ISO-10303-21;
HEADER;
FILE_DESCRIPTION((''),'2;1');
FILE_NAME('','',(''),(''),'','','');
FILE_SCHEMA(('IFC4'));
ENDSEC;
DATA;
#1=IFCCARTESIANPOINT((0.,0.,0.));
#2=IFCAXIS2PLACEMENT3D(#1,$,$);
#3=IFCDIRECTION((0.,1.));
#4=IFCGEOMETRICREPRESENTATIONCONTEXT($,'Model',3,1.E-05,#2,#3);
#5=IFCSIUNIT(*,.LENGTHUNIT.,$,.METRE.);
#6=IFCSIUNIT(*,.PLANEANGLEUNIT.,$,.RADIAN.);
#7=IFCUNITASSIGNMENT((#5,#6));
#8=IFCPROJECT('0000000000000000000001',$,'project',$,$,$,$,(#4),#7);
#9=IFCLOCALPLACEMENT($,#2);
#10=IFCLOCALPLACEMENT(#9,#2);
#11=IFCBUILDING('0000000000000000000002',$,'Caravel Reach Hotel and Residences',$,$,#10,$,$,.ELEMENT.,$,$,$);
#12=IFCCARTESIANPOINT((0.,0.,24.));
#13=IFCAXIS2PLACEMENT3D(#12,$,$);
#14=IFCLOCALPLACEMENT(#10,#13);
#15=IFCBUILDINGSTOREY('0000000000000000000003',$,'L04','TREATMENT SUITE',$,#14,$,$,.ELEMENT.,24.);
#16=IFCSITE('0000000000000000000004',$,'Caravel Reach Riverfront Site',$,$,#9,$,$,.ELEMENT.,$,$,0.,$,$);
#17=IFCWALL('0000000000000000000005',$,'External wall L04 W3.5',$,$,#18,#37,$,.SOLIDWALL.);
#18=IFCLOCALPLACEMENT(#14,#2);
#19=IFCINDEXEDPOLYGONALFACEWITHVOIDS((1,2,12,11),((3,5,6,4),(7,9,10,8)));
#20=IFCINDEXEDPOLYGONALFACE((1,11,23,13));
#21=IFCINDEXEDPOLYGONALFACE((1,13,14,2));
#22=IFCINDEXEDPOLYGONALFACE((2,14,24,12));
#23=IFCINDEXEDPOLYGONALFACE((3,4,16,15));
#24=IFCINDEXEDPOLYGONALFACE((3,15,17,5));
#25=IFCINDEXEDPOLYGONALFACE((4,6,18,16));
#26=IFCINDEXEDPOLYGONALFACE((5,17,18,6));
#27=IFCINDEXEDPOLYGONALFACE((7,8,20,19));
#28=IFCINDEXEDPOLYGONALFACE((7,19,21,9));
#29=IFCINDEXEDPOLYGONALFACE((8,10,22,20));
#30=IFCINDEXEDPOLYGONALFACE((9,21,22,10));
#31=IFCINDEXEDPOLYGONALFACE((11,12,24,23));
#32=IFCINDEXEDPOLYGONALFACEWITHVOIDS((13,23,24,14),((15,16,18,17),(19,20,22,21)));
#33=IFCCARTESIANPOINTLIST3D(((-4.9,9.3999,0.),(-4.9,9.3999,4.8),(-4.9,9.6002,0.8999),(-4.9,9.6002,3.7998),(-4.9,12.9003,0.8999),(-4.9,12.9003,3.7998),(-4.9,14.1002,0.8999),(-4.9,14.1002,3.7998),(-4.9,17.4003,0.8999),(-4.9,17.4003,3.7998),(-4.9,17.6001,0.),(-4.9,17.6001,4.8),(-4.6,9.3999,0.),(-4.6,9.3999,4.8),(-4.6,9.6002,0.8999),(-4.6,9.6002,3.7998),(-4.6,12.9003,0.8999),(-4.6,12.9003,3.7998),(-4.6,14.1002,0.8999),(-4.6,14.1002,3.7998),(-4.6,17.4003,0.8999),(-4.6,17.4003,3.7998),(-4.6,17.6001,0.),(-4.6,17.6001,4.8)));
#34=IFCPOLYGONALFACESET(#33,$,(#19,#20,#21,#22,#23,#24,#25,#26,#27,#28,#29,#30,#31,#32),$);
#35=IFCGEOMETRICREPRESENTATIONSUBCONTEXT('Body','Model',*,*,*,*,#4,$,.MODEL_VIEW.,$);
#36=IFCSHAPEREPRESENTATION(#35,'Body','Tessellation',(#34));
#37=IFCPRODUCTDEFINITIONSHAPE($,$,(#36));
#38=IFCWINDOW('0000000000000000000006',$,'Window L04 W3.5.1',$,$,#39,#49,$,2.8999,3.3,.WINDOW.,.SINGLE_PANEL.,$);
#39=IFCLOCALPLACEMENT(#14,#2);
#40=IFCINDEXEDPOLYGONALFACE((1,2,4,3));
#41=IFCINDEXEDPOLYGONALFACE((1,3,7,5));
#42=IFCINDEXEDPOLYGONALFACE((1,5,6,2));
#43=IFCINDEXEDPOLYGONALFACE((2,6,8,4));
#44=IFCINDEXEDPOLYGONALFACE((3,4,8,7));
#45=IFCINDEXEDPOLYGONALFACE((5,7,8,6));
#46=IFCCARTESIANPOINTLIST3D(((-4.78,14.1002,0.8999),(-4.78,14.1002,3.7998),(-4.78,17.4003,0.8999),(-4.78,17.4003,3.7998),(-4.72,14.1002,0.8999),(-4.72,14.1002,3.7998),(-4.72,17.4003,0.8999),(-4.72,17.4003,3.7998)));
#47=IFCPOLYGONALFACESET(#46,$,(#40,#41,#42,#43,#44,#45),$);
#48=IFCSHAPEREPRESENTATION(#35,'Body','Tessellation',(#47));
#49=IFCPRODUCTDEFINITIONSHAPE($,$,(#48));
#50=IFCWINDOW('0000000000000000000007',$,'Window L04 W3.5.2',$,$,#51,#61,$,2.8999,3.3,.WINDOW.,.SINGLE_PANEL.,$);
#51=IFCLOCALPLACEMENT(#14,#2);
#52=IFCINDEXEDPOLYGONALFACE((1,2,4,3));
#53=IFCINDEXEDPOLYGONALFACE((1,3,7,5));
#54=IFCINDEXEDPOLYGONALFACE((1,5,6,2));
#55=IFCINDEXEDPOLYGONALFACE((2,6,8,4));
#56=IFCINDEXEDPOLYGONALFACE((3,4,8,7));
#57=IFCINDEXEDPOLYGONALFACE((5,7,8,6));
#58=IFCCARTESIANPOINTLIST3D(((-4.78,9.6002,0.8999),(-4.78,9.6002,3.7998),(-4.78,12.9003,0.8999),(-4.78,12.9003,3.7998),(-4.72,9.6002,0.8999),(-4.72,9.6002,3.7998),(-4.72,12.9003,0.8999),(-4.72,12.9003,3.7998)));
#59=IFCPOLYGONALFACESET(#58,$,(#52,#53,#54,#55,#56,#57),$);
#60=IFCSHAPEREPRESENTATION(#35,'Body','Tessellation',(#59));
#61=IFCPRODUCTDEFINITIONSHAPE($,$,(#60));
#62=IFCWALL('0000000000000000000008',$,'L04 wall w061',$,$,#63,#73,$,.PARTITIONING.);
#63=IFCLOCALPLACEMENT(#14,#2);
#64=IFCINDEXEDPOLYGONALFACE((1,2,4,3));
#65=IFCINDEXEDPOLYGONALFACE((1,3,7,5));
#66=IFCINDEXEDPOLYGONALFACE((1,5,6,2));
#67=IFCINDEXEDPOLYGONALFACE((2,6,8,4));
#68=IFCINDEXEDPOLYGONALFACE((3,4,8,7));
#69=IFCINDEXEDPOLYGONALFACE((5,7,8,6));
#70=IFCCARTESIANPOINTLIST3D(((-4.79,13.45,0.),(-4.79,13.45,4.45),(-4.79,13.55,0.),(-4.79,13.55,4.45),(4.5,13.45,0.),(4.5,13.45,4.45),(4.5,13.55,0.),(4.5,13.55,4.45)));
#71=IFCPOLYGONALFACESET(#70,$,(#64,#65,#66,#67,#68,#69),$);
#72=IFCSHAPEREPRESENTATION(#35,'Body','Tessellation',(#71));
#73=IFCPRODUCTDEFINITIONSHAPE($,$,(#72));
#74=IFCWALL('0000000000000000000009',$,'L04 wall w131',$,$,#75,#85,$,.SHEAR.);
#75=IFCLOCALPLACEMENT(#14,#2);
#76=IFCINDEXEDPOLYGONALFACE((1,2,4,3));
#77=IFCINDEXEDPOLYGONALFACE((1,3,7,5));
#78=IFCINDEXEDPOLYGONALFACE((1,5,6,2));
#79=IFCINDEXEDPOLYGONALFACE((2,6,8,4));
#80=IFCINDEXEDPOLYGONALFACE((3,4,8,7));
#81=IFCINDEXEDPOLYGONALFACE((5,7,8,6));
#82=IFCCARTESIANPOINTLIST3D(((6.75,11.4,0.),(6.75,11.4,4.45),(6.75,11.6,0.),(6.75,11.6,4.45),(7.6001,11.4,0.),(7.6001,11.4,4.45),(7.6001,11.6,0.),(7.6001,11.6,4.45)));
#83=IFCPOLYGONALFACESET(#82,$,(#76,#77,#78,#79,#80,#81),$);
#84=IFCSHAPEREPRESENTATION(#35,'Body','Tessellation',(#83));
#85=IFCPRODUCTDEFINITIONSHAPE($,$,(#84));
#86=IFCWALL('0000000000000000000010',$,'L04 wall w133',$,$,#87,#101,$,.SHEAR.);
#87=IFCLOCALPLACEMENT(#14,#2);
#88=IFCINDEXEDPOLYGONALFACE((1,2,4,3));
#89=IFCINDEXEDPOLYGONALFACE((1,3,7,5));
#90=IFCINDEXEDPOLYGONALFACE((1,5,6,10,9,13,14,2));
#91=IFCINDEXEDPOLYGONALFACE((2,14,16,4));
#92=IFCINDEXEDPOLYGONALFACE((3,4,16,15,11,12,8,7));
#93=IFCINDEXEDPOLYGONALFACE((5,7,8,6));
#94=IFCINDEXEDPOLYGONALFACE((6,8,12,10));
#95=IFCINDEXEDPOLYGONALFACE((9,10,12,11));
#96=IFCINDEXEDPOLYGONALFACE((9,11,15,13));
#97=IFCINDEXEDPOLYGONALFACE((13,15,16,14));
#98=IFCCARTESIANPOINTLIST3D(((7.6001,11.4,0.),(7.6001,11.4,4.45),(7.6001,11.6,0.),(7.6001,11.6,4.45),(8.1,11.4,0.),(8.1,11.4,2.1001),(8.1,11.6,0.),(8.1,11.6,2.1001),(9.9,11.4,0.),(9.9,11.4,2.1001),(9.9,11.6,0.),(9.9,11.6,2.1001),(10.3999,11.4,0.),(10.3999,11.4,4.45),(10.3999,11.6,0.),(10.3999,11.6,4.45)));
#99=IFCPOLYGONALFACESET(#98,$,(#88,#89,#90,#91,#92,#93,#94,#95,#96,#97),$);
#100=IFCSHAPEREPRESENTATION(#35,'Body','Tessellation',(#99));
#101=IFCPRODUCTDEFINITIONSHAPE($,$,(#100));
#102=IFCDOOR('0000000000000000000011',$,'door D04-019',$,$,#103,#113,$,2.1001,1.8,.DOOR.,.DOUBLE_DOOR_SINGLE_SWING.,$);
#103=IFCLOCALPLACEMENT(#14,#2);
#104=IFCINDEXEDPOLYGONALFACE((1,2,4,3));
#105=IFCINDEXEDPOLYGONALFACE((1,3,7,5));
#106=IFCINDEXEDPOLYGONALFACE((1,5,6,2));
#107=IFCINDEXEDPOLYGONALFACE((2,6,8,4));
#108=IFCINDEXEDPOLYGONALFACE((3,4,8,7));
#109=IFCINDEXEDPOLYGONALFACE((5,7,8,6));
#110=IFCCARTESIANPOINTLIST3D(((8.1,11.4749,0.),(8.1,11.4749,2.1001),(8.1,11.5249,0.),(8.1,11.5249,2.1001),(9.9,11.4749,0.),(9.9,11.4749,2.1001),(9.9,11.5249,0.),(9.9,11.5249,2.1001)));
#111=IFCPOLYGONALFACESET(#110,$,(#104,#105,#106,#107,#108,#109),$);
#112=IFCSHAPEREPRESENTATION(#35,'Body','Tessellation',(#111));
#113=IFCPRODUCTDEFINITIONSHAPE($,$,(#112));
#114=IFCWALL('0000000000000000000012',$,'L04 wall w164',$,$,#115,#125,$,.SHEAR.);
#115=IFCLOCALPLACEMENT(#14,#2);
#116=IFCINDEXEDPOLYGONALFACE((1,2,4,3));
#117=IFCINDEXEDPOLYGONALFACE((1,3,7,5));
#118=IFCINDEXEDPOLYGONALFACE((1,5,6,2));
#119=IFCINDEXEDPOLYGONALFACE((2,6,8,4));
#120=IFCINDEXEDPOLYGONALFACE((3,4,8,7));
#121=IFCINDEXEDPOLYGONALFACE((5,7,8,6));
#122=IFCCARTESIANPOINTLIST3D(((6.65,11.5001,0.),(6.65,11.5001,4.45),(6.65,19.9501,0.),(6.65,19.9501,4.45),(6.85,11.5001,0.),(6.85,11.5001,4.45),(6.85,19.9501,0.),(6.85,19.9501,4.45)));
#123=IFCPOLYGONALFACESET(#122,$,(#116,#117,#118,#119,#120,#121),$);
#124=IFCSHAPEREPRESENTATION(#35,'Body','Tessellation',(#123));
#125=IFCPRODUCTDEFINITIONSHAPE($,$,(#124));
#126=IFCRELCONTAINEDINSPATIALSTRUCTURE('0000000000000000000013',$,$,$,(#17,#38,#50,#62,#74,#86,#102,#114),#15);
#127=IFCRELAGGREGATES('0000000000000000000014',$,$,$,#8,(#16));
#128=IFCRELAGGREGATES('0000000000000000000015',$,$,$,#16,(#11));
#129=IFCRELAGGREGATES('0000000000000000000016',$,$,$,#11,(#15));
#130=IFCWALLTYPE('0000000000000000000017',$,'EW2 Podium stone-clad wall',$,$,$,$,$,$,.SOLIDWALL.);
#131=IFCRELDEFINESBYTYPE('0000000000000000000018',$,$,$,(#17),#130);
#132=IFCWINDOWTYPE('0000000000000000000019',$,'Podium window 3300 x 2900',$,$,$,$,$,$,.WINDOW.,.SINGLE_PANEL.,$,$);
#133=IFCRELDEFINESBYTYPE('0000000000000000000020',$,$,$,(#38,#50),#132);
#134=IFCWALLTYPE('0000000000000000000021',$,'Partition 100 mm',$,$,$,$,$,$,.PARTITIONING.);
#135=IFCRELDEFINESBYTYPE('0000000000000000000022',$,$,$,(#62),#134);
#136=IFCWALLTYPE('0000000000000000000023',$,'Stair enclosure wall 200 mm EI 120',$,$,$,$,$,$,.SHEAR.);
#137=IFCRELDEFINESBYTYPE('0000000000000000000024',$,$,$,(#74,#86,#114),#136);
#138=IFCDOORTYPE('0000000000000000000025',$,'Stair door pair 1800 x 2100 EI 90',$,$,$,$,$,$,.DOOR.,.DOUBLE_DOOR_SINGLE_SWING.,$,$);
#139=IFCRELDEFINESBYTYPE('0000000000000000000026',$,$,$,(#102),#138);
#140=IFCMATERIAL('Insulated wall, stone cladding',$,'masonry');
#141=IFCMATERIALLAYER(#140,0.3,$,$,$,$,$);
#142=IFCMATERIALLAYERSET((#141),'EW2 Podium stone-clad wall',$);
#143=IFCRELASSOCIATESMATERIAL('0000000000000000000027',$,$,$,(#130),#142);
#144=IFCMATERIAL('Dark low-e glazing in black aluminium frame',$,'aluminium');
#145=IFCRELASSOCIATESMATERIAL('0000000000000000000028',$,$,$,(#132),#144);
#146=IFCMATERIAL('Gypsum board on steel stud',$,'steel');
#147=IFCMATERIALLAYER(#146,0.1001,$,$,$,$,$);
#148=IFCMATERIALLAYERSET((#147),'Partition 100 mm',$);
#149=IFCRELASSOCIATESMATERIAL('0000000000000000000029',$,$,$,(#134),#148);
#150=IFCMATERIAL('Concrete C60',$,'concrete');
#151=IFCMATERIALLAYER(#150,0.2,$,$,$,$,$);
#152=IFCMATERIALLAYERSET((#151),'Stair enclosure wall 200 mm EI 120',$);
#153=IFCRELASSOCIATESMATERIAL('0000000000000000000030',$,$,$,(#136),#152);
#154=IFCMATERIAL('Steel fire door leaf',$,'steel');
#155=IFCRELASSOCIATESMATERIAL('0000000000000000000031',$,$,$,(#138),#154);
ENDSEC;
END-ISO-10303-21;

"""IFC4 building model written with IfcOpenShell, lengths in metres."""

from ifc_helpers import new_model, si_unit, direction, frame, frame_2d, origin, place, context, subcontext, project, spatial, rectangle, extrude, material, layer, layer_set, type_object, element, fill, save


model = new_model("IFC4")

# Units and contexts
model_context = context("Model", 3, precision=1e-05, world=origin(), true_north=direction((0.0, 1.0)))
body_context = subcontext(model_context, "Body", "Model", "MODEL_VIEW")
ifc_project = project(units=[si_unit("LENGTHUNIT", "METRE"), si_unit("PLANEANGLEUNIT", "RADIAN")], contexts=[model_context])

# Site, building, storey
site_placement = place(None, origin())
site = spatial("IfcSite", under=ifc_project, at=site_placement, Name="Caravel Reach Riverfront Site", CompositionType="ELEMENT", RefElevation=0.0)
building_placement = place(site_placement, origin())
building = spatial("IfcBuilding", under=site, at=building_placement, Name="Caravel Reach Hotel and Residences", CompositionType="ELEMENT")
storey_placement = place(building_placement, frame((0.0, 0.0, 24.0)))
storey = spatial("IfcBuildingStorey", under=building, at=storey_placement, Name="L04", Description="TREATMENT SUITE", CompositionType="ELEMENT", Elevation=24.0)

# Wall, openings, windows
ifc_material_1 = material(Name="Insulated wall, stone cladding", Category="masonry")
ifc_layer_1 = layer(ifc_material_1, 0.3)
ifc_layer_set_1 = layer_set([ifc_layer_1], Name="EW2 Podium stone-clad wall")
wall_type_1 = type_object("IfcWallType", Name="EW2 Podium stone-clad wall", PredefinedType="SOLIDWALL", material=ifc_layer_set_1)
wall_1_placement = place(storey_placement, frame((-4.75, 17.6001, 0.0), z_axis=(0.0, 0.0, 1.0), x_axis=(0.0, -1.0, 0.0)))
wall_1 = element("IfcWall", 1, at=wall_1_placement, inside=storey, type_object=wall_type_1, Name="External wall L04 W3.5", PredefinedType="SOLIDWALL", context=body_context, shape_type="SweptSolid", body=[
    extrude(rectangle(XDim=8.2002, YDim=0.3, at=frame_2d((4.1001, 0.0))), origin(), (0.0, 0.0, 1.0), 4.8),
])
opening_1_placement = place(wall_1_placement, frame((0.2, 0.0, 0.8999)))
opening_1 = element("IfcOpeningElement", 2, at=opening_1_placement, cuts=wall_1, PredefinedType="OPENING", context=body_context, shape_type="SweptSolid", body=[
    extrude(rectangle(XDim=3.3, YDim=2.8999, at=frame_2d((1.6499, 1.45))), frame((0.0, 0.1599, 0.0), z_axis=(0.0, -1.0, 0.0), x_axis=(1.0, 0.0, 0.0)), (0.0, 0.0, 1.0), 0.3201),
])
opening_2_placement = place(wall_1_placement, frame((4.7, 0.0, 0.8999)))
opening_2 = element("IfcOpeningElement", 3, at=opening_2_placement, cuts=wall_1, PredefinedType="OPENING", context=body_context, shape_type="SweptSolid", body=[
    extrude(rectangle(XDim=3.3, YDim=2.8999, at=frame_2d((1.6499, 1.45))), frame((0.0, 0.1599, 0.0), z_axis=(0.0, -1.0, 0.0), x_axis=(1.0, 0.0, 0.0)), (0.0, 0.0, 1.0), 0.3201),
])
ifc_material_2 = material(Name="Dark low-e glazing in black aluminium frame", Category="aluminium")
window_type = type_object("IfcWindowType", Name="Podium window 3300 x 2900", PartitioningType="SINGLE_PANEL", PredefinedType="WINDOW", material=ifc_material_2)
window_1_placement = place(opening_1_placement, origin())
window_1 = element("IfcWindow", 4, at=window_1_placement, inside=storey, type_object=window_type, Name="Window L04 W3.5.1", OverallHeight=2.8999, OverallWidth=3.3, PartitioningType="SINGLE_PANEL", PredefinedType="WINDOW", context=body_context, shape_type="SweptSolid", body=[
    extrude(rectangle(XDim=3.3, YDim=2.8999, at=frame_2d((1.6499, 1.45))), frame((0.0, 0.03, 0.0), z_axis=(0.0, -1.0, 0.0), x_axis=(1.0, 0.0, 0.0)), (0.0, 0.0, 1.0), 0.0601),
])
fill(opening_1, window_1)
window_2_placement = place(opening_2_placement, origin())
window_2 = element("IfcWindow", 5, at=window_2_placement, inside=storey, type_object=window_type, Name="Window L04 W3.5.2", OverallHeight=2.8999, OverallWidth=3.3, PartitioningType="SINGLE_PANEL", PredefinedType="WINDOW", context=body_context, shape_type="SweptSolid", body=[
    extrude(rectangle(XDim=3.3, YDim=2.8999, at=frame_2d((1.6499, 1.45))), frame((0.0, 0.03, 0.0), z_axis=(0.0, -1.0, 0.0), x_axis=(1.0, 0.0, 0.0)), (0.0, 0.0, 1.0), 0.0601),
])
fill(opening_2, window_2)

# Walls
ifc_material_3 = material(Name="Gypsum board on steel stud", Category="steel")
ifc_layer_2 = layer(ifc_material_3, 0.1001)
ifc_layer_set_2 = layer_set([ifc_layer_2], Name="Partition 100 mm")
wall_type_2 = type_object("IfcWallType", Name="Partition 100 mm", PredefinedType="PARTITIONING", material=ifc_layer_set_2)
wall_2_placement = place(storey_placement, frame((-4.79, 13.5, 0.0), z_axis=(0.0, 0.0, 1.0), x_axis=(1.0, 0.0, 0.0)))
element("IfcWall", 6, at=wall_2_placement, inside=storey, type_object=wall_type_2, Name="L04 wall w061", PredefinedType="PARTITIONING", context=body_context, shape_type="SweptSolid", body=[
    extrude(rectangle(XDim=9.29, YDim=0.1001, at=frame_2d((4.645, 0.0))), origin(), (0.0, 0.0, 1.0), 4.45),
])
ifc_material_4 = material(Name="Concrete C60", Category="concrete")
ifc_layer_3 = layer(ifc_material_4, 0.2)
ifc_layer_set_3 = layer_set([ifc_layer_3], Name="Stair enclosure wall 200 mm EI 120")
wall_type_3 = type_object("IfcWallType", Name="Stair enclosure wall 200 mm EI 120", PredefinedType="SHEAR", material=ifc_layer_set_3)
wall_3_placement = place(storey_placement, frame((6.75, 11.5, 0.0), z_axis=(0.0, 0.0, 1.0), x_axis=(1.0, 0.0, 0.0)))
element("IfcWall", 7, at=wall_3_placement, inside=storey, type_object=wall_type_3, Name="L04 wall w131", PredefinedType="SHEAR", context=body_context, shape_type="SweptSolid", body=[
    extrude(rectangle(XDim=0.8501, YDim=0.2, at=frame_2d((0.425, 0.0))), origin(), (0.0, 0.0, 1.0), 4.45),
])

# Wall, opening, door
wall_4_placement = place(storey_placement, frame((7.6001, 11.5, 0.0), z_axis=(0.0, 0.0, 1.0), x_axis=(1.0, 0.0, 0.0)))
wall_4 = element("IfcWall", 8, at=wall_4_placement, inside=storey, type_object=wall_type_3, Name="L04 wall w133", PredefinedType="SHEAR", context=body_context, shape_type="SweptSolid", body=[
    extrude(rectangle(XDim=2.7998, YDim=0.2, at=frame_2d((1.3999, 0.0))), origin(), (0.0, 0.0, 1.0), 4.45),
])
opening_3_placement = place(wall_4_placement, frame((0.5, 0.0, 0.0)))
opening_3 = element("IfcOpeningElement", 9, at=opening_3_placement, cuts=wall_4, PredefinedType="OPENING", context=body_context, shape_type="SweptSolid", body=[
    extrude(rectangle(XDim=1.8, YDim=2.1001, at=frame_2d((0.8999, 1.05))), frame((0.0, 0.1099, 0.0), z_axis=(0.0, -1.0, 0.0), x_axis=(1.0, 0.0, 0.0)), (0.0, 0.0, 1.0), 0.22),
])
ifc_material_5 = material(Name="Steel fire door leaf", Category="steel")
door_type_1 = type_object("IfcDoorType", Name="Stair door pair 1800 x 2100 EI 90", OperationType="DOUBLE_DOOR_SINGLE_SWING", PredefinedType="DOOR", material=ifc_material_5)
door_1_placement = place(opening_3_placement, origin())
door_1 = element("IfcDoor", 10, at=door_1_placement, inside=storey, type_object=door_type_1, Name="door D04-019", OperationType="DOUBLE_DOOR_SINGLE_SWING", OverallHeight=2.1001, OverallWidth=1.8, PredefinedType="DOOR", context=body_context, shape_type="SweptSolid", body=[
    extrude(rectangle(XDim=1.8, YDim=2.1001, at=frame_2d((0.8999, 1.05))), frame((0.0, 0.0249, 0.0), z_axis=(0.0, -1.0, 0.0), x_axis=(1.0, 0.0, 0.0)), (0.0, 0.0, 1.0), 0.05),
])
fill(opening_3, door_1)

# Wall
wall_5_placement = place(storey_placement, frame((6.75, 11.5, 0.0), z_axis=(0.0, 0.0, 1.0), x_axis=(0.0, 1.0, 0.0)))
element("IfcWall", 11, at=wall_5_placement, inside=storey, type_object=wall_type_3, Name="L04 wall w164", PredefinedType="SHEAR", context=body_context, shape_type="SweptSolid", body=[
    extrude(rectangle(XDim=8.45, YDim=0.2, at=frame_2d((4.2251, 0.0))), origin(), (0.0, 0.0, 1.0), 4.45),
])

save(model, "model.ifc")
